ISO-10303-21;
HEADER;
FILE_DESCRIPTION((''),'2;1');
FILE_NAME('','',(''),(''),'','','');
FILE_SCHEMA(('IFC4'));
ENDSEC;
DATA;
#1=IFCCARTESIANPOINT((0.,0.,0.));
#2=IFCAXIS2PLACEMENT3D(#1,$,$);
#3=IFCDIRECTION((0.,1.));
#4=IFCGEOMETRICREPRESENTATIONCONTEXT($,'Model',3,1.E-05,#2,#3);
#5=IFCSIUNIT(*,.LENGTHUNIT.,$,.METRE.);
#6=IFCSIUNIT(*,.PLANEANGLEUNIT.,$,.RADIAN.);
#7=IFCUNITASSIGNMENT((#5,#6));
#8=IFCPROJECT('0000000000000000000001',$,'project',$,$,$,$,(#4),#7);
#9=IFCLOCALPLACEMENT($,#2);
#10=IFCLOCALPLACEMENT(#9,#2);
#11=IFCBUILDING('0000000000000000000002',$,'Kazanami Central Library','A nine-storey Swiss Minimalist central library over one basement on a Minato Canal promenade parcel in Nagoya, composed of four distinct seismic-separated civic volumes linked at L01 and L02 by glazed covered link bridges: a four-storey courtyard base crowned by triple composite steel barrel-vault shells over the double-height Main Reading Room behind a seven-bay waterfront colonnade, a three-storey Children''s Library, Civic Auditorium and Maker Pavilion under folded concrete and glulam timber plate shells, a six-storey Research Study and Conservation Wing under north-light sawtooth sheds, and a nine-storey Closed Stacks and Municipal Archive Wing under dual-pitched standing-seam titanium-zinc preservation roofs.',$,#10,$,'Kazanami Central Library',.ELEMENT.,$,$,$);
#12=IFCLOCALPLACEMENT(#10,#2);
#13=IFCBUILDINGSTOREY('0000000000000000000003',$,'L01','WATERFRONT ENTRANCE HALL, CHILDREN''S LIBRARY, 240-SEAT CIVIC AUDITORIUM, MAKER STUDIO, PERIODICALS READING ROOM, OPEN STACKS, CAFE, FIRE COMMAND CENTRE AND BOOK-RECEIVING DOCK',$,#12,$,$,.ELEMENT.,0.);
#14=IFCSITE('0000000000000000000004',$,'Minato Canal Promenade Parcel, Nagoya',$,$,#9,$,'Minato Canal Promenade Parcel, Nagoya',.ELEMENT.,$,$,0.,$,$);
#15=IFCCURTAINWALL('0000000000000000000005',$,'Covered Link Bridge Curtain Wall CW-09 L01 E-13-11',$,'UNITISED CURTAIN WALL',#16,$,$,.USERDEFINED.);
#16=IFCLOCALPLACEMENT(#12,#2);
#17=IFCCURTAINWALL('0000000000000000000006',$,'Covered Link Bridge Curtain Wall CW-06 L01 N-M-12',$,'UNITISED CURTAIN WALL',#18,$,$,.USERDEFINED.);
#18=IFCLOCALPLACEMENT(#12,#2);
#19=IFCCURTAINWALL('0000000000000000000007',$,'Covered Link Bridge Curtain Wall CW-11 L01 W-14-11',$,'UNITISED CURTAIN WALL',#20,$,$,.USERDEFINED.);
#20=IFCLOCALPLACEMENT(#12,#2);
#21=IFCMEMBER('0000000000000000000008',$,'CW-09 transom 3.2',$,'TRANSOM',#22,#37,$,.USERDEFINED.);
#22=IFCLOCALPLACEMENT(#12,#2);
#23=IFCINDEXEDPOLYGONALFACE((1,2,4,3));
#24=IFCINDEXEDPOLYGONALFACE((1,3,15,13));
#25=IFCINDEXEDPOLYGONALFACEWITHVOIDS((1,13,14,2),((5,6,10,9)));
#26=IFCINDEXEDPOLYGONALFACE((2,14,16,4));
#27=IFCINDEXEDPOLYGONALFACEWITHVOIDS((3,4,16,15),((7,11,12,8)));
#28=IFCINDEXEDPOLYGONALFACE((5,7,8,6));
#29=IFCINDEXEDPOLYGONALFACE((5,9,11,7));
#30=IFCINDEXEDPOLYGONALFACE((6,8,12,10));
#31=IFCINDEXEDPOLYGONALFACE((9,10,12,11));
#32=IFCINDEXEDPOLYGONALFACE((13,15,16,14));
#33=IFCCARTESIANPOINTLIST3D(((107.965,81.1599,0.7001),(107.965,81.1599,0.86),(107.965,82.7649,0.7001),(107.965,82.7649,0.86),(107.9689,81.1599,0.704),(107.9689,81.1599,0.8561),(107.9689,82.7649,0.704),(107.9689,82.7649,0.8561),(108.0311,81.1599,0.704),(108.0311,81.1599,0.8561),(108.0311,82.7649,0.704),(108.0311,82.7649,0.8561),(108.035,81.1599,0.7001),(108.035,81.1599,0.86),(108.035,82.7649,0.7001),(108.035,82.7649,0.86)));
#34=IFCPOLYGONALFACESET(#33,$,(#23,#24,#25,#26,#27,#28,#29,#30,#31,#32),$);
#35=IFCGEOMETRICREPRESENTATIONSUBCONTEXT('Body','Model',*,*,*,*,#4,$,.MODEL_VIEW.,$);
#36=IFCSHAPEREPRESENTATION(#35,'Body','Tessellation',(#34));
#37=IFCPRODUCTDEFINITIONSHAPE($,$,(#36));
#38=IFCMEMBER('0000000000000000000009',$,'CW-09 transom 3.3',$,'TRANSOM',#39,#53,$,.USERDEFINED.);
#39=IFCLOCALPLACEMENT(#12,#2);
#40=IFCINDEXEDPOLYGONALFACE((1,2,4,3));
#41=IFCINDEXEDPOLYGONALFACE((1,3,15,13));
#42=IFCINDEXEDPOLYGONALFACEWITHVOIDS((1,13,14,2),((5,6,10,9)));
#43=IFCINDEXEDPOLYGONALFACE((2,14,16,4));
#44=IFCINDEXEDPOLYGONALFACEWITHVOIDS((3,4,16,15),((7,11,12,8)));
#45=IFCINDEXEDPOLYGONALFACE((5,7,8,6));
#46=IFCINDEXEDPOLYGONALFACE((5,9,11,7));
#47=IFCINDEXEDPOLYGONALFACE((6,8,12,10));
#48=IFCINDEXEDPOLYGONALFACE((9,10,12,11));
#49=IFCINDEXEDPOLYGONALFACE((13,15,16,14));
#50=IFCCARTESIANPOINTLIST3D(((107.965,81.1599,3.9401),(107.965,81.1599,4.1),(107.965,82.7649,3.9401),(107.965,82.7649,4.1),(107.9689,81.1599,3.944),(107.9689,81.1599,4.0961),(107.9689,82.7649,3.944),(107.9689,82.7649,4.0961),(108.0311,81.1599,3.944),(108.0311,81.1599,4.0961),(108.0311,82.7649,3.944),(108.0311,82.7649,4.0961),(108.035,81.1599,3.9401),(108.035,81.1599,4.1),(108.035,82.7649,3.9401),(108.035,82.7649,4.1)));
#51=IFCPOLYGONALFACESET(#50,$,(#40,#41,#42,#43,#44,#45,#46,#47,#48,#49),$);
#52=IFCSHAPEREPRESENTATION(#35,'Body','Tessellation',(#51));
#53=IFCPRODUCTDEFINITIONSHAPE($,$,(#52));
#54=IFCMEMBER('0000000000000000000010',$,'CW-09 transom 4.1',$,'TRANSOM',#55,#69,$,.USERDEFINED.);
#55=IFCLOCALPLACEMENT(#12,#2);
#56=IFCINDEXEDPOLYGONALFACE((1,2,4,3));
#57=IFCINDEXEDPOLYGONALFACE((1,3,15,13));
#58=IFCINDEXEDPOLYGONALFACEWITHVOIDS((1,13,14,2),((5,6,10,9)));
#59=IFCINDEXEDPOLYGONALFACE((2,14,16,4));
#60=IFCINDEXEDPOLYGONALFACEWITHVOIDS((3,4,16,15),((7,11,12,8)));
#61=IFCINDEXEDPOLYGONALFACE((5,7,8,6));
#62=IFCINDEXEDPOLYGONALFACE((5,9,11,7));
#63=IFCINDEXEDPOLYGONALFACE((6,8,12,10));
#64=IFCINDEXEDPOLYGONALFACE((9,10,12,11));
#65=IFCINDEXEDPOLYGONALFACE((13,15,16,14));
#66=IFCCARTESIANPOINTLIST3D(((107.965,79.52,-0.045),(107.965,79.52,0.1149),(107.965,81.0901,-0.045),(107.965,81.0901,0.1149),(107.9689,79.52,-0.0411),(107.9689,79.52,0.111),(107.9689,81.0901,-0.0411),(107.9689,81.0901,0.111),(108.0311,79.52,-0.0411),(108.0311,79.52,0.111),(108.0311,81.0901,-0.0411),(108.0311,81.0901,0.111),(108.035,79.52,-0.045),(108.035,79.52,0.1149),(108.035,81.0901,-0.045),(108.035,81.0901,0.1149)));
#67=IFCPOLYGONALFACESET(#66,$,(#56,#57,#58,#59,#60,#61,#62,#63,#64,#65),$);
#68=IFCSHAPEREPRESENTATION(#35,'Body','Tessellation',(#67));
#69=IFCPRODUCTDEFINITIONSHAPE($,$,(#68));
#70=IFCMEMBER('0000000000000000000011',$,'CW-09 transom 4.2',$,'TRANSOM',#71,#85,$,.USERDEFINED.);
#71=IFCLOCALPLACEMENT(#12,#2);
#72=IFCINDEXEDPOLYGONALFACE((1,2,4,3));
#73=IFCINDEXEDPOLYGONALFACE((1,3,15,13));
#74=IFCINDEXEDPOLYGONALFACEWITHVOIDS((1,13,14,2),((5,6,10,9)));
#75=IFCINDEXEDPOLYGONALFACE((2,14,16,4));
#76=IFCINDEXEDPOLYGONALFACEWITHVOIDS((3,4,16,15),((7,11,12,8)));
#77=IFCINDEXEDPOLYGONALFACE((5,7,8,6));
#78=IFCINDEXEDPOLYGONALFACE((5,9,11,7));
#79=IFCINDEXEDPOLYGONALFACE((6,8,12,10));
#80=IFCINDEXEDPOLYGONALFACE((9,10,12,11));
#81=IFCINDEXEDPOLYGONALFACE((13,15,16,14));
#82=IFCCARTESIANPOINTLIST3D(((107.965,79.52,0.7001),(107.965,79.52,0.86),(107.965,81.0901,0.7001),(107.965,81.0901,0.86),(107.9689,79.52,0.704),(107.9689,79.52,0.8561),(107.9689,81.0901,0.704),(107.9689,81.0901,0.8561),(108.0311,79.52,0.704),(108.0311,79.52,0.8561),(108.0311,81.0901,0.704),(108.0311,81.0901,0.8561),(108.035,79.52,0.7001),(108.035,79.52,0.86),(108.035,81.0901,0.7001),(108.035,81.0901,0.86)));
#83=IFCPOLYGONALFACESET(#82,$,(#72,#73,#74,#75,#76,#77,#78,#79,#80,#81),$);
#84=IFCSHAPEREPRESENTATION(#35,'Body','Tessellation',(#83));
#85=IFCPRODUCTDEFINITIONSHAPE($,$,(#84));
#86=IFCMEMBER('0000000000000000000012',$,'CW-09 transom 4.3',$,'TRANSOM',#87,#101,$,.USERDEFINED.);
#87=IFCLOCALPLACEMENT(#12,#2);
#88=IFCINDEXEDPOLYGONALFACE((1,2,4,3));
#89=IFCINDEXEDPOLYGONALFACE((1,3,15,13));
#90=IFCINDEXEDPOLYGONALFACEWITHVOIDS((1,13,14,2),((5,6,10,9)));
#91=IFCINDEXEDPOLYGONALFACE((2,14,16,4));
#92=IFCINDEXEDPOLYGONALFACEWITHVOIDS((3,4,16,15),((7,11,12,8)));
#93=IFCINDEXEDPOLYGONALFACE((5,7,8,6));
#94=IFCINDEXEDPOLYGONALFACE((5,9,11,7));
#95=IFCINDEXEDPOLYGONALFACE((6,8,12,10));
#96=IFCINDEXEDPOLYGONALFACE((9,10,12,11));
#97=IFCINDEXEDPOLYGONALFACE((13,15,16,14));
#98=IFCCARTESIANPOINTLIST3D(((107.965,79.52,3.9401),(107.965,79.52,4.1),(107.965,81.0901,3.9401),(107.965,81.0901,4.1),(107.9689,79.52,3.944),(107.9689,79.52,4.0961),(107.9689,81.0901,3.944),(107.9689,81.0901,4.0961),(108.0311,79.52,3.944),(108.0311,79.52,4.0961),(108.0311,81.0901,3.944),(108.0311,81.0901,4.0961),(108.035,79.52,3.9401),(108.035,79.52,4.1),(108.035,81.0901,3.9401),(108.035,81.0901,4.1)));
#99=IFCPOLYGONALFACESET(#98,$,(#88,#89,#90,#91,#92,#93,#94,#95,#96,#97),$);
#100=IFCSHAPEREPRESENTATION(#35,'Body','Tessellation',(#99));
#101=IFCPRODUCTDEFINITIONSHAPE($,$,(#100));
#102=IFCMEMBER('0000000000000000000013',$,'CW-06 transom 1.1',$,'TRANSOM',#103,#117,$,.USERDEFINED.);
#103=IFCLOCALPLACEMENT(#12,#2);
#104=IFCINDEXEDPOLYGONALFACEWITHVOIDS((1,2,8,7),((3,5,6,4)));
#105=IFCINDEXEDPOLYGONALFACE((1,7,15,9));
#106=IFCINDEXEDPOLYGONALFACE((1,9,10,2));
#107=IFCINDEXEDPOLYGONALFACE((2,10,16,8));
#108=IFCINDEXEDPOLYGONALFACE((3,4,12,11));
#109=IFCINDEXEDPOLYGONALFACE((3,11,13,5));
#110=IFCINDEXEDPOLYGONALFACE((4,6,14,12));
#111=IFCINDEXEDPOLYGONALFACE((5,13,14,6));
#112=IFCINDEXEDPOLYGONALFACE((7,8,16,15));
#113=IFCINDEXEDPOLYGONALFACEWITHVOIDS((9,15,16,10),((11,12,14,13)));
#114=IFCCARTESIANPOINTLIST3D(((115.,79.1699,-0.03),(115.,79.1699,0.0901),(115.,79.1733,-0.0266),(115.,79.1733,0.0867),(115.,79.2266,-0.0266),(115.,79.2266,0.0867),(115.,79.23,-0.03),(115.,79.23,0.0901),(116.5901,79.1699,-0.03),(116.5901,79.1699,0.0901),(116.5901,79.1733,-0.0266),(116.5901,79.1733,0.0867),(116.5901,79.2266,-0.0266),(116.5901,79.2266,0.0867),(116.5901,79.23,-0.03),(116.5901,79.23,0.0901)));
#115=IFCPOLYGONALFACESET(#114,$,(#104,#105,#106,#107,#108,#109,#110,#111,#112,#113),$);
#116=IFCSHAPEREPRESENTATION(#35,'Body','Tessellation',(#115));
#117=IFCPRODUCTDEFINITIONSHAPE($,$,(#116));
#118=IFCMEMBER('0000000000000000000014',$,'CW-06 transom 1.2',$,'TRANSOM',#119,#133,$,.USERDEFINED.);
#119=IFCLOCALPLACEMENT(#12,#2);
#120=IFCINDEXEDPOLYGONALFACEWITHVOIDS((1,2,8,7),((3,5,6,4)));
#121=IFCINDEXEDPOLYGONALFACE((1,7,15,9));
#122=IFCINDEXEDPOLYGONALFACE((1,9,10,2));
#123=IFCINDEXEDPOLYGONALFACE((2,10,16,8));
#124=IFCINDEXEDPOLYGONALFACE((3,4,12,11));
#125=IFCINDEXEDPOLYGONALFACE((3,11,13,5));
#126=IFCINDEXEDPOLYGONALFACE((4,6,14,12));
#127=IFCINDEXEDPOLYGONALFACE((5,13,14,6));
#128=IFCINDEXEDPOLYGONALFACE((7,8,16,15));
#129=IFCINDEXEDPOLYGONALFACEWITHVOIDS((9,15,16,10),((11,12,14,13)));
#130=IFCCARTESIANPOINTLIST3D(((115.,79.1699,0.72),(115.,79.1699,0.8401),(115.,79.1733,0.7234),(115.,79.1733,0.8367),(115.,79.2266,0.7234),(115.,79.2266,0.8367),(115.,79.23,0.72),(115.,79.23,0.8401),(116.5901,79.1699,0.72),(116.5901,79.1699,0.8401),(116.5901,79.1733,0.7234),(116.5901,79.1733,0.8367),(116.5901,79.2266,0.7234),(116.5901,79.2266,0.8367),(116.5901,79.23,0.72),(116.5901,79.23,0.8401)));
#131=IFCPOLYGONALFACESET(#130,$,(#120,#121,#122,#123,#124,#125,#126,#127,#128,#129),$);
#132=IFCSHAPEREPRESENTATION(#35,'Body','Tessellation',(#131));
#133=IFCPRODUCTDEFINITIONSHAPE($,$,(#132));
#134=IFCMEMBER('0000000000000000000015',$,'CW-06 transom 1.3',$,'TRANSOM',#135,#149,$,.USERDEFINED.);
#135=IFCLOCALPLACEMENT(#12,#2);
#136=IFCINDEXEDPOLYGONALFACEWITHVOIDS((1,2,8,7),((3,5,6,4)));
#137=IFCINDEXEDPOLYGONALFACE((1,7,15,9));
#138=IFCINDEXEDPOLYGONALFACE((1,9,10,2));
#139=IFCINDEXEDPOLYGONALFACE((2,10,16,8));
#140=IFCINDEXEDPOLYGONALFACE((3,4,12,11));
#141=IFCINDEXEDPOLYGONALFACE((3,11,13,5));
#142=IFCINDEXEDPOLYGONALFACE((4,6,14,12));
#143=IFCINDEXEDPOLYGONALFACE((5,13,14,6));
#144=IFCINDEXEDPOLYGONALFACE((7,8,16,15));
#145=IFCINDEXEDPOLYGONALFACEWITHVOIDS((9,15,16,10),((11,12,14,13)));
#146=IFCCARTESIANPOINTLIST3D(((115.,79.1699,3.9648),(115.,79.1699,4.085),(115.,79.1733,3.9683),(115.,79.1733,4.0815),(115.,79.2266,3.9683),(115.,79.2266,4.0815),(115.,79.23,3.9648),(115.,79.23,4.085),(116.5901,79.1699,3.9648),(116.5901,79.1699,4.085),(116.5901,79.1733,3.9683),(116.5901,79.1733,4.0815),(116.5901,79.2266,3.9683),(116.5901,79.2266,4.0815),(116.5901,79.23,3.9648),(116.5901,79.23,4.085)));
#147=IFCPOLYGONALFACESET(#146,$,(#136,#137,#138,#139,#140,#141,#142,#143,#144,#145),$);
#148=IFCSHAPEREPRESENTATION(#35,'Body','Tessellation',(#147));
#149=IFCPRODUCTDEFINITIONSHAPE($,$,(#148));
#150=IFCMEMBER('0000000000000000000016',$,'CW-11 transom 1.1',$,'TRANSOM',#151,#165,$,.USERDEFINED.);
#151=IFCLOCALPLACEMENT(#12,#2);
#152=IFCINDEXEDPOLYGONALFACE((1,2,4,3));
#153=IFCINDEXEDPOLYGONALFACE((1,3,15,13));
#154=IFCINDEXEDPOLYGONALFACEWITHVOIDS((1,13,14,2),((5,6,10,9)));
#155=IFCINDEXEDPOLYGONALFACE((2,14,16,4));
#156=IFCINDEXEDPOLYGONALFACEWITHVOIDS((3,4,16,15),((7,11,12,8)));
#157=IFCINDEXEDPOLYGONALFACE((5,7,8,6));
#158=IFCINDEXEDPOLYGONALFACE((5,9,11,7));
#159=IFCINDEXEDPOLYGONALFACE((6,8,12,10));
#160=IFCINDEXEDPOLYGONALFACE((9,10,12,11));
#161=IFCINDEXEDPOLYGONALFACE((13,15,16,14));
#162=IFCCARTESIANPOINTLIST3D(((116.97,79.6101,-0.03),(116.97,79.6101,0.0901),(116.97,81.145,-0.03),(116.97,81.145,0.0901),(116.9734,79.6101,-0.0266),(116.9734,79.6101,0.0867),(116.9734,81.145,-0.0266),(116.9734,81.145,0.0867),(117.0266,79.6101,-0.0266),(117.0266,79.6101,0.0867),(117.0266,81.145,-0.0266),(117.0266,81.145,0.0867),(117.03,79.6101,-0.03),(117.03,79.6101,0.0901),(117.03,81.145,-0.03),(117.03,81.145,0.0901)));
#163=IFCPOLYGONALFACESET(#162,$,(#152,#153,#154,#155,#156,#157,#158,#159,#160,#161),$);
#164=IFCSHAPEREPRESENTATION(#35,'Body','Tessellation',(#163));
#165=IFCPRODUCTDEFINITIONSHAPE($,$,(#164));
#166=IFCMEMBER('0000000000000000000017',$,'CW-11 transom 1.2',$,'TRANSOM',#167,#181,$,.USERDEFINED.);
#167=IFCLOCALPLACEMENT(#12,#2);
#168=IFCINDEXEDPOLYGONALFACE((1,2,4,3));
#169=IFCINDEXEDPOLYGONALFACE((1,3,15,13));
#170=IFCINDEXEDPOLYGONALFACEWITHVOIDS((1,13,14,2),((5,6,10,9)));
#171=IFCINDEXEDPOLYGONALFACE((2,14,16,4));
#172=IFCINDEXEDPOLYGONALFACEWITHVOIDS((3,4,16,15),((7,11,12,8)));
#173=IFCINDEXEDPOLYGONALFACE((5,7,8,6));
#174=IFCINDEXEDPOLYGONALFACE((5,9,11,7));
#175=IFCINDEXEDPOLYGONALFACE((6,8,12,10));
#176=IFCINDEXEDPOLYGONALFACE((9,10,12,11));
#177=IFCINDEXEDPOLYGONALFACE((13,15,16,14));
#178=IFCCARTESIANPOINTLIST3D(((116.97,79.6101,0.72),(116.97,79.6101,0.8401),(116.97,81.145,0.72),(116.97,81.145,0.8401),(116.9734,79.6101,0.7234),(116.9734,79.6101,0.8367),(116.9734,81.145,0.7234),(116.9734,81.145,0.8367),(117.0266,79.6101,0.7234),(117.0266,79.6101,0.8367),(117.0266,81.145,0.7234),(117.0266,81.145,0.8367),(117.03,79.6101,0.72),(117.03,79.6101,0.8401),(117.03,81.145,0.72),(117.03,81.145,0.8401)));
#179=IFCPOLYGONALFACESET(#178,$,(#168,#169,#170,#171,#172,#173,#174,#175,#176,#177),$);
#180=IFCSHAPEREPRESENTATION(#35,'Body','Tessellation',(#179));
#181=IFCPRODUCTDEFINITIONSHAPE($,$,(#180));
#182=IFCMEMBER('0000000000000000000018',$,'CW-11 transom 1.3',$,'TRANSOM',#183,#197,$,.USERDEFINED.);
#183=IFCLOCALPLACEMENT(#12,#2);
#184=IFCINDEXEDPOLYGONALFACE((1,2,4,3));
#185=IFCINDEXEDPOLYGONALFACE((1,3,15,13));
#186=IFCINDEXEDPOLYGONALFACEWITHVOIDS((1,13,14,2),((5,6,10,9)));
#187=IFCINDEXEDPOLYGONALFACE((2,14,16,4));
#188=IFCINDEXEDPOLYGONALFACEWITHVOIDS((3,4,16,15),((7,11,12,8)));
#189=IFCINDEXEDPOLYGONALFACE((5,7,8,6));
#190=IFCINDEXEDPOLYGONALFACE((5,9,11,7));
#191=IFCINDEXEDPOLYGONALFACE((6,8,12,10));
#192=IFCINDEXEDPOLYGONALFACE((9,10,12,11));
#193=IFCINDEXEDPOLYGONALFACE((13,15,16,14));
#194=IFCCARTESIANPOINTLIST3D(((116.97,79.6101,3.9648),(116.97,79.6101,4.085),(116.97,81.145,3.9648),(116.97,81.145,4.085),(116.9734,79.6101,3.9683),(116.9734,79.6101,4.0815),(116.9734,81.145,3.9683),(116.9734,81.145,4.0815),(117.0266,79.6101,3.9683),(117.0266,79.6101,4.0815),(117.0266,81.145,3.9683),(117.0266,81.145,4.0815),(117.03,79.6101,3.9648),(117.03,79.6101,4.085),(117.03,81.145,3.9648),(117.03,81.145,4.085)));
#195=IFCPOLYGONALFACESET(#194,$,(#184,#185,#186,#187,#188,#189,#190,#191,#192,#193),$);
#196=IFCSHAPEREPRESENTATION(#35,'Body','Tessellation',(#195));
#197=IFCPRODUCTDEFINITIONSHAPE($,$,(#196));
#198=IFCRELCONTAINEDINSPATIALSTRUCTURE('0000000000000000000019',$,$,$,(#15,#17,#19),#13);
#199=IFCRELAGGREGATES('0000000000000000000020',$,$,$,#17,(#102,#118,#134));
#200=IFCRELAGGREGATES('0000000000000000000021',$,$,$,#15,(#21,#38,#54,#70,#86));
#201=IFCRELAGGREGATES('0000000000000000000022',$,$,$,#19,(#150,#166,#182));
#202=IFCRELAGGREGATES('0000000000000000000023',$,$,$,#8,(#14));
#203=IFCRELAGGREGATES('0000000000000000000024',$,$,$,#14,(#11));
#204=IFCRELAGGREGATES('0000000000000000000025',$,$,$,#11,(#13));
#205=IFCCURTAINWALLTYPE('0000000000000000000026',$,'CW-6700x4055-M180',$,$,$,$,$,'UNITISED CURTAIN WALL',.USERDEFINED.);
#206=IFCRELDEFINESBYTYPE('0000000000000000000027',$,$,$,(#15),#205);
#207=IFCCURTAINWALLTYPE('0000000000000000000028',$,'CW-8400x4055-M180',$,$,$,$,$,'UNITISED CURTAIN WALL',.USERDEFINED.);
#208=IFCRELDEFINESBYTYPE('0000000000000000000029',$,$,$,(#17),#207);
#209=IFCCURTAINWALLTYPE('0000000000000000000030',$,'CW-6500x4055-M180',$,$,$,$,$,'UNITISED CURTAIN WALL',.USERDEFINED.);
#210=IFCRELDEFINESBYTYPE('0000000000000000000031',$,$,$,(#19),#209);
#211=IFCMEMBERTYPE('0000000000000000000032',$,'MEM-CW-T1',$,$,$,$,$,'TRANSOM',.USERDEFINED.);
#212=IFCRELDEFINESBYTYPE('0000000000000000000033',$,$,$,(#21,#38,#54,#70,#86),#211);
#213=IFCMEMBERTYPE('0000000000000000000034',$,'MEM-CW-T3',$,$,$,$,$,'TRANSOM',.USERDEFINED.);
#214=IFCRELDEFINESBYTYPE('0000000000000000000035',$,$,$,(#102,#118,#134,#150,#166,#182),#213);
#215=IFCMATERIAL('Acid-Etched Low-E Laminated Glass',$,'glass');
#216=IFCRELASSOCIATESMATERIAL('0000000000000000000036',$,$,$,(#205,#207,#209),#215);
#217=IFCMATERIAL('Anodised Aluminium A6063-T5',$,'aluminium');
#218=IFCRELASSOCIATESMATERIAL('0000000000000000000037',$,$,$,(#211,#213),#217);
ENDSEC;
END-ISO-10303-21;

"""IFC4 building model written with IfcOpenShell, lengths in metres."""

from ifc_helpers import new_model, si_unit, direction, frame, origin, origin_2d, place, context, subcontext, project, spatial, hollow_rectangle, extrude, material, material_profile, profile_set, type_object, element, aggregate, save


model = new_model("IFC4")

# Units and contexts
model_context = context("Model", 3, precision=1e-05, world=origin(), true_north=direction((0.0, 1.0)))
body_context = subcontext(model_context, "Body", "Model", "MODEL_VIEW")
ifc_project = project(units=[si_unit("LENGTHUNIT", "METRE"), si_unit("PLANEANGLEUNIT", "RADIAN")], contexts=[model_context])

# Site, building, storey
site_placement = place(None, origin())
site = spatial("IfcSite", under=ifc_project, at=site_placement, Name="Minato Canal Promenade Parcel, Nagoya", LongName="Minato Canal Promenade Parcel, Nagoya", CompositionType="ELEMENT", RefElevation=0.0)
building_placement = place(site_placement, origin())
building = spatial("IfcBuilding", under=site, at=building_placement, Name="Kazanami Central Library", Description="A nine-storey Swiss Minimalist central library over one basement on a Minato Canal promenade parcel in Nagoya, composed of four distinct seismic-separated civic volumes linked at L01 and L02 by glazed covered link bridges: a four-storey courtyard base crowned by triple composite steel barrel-vault shells over the double-height Main Reading Room behind a seven-bay waterfront colonnade, a three-storey Children's Library, Civic Auditorium and Maker Pavilion under folded concrete and glulam timber plate shells, a six-storey Research Study and Conservation Wing under north-light sawtooth sheds, and a nine-storey Closed Stacks and Municipal Archive Wing under dual-pitched standing-seam titanium-zinc preservation roofs.", LongName="Kazanami Central Library", CompositionType="ELEMENT")
storey_placement = place(building_placement, origin())
storey = spatial("IfcBuildingStorey", under=building, at=storey_placement, Name="L01", Description="WATERFRONT ENTRANCE HALL, CHILDREN'S LIBRARY, 240-SEAT CIVIC AUDITORIUM, MAKER STUDIO, PERIODICALS READING ROOM, OPEN STACKS, CAFE, FIRE COMMAND CENTRE AND BOOK-RECEIVING DOCK", CompositionType="ELEMENT", Elevation=0.0)

# Curtain wall
ifc_material_1 = material(Name="Acid-Etched Low-E Laminated Glass", Category="glass")
curtain_wall_type_1 = type_object("IfcCurtainWallType", Name="CW-6700x4055-M180", ElementType="UNITISED CURTAIN WALL", PredefinedType="USERDEFINED", material=ifc_material_1)
curtain_wall_1_placement = place(storey_placement, origin())
curtain_wall_1 = element("IfcCurtainWall", 1, at=curtain_wall_1_placement, inside=storey, type_object=curtain_wall_type_1, Name="Covered Link Bridge Curtain Wall CW-09 L01 E-13-11", ObjectType="UNITISED CURTAIN WALL", PredefinedType="USERDEFINED")
ifc_material_2 = material(Name="Anodised Aluminium A6063-T5", Category="aluminium")

# Curtain wall
curtain_wall_type_2 = type_object("IfcCurtainWallType", Name="CW-8400x4055-M180", ElementType="UNITISED CURTAIN WALL", PredefinedType="USERDEFINED", material=ifc_material_1)
curtain_wall_2_placement = place(storey_placement, origin())
curtain_wall_2 = element("IfcCurtainWall", 2, at=curtain_wall_2_placement, inside=storey, type_object=curtain_wall_type_2, Name="Covered Link Bridge Curtain Wall CW-06 L01 N-M-12", ObjectType="UNITISED CURTAIN WALL", PredefinedType="USERDEFINED")

# Curtain wall
curtain_wall_type_3 = type_object("IfcCurtainWallType", Name="CW-6500x4055-M180", ElementType="UNITISED CURTAIN WALL", PredefinedType="USERDEFINED", material=ifc_material_1)
curtain_wall_3_placement = place(storey_placement, origin())
curtain_wall_3 = element("IfcCurtainWall", 3, at=curtain_wall_3_placement, inside=storey, type_object=curtain_wall_type_3, Name="Covered Link Bridge Curtain Wall CW-11 L01 W-14-11", ObjectType="UNITISED CURTAIN WALL", PredefinedType="USERDEFINED")

# Members
ifc_material_profile_1 = material_profile(ifc_material_2, hollow_rectangle(XDim=0.0701, YDim=0.1599, WallThickness=0.0039, at=origin_2d()), Name="ALU-TRAN-70x160x4")
ifc_profile_set_1 = profile_set([ifc_material_profile_1], Name="Anodised Aluminium A6063-T5")
member_type_1 = type_object("IfcMemberType", Name="MEM-CW-T1", ElementType="TRANSOM", PredefinedType="USERDEFINED", material=ifc_profile_set_1)
member_1_placement = place(storey_placement, frame((108.0, 82.7649, 0.78), z_axis=(0.0, -1.0, 0.0), x_axis=(1.0, 0.0, 0.0)))
member_1 = element("IfcMember", 4, at=member_1_placement, type_object=member_type_1, Name="CW-09 transom 3.2", ObjectType="TRANSOM", PredefinedType="USERDEFINED", context=body_context, shape_type="SweptSolid", body=[
    extrude(hollow_rectangle(XDim=0.0701, YDim=0.1599, WallThickness=0.0039, at=origin_2d()), origin(), (0.0, 0.0, 1.0), 1.605),
])
member_2_placement = place(storey_placement, frame((108.0, 82.7649, 4.02), z_axis=(0.0, -1.0, 0.0), x_axis=(1.0, 0.0, 0.0)))
member_2 = element("IfcMember", 5, at=member_2_placement, type_object=member_type_1, Name="CW-09 transom 3.3", ObjectType="TRANSOM", PredefinedType="USERDEFINED", context=body_context, shape_type="SweptSolid", body=[
    extrude(hollow_rectangle(XDim=0.0701, YDim=0.1599, WallThickness=0.0039, at=origin_2d()), origin(), (0.0, 0.0, 1.0), 1.605),
])
member_3_placement = place(storey_placement, frame((108.0, 81.0901, 0.0349), z_axis=(0.0, -1.0, 0.0), x_axis=(1.0, 0.0, 0.0)))
member_3 = element("IfcMember", 6, at=member_3_placement, type_object=member_type_1, Name="CW-09 transom 4.1", ObjectType="TRANSOM", PredefinedType="USERDEFINED", context=body_context, shape_type="SweptSolid", body=[
    extrude(hollow_rectangle(XDim=0.0701, YDim=0.1599, WallThickness=0.0039, at=origin_2d()), origin(), (0.0, 0.0, 1.0), 1.5701),
])
member_4_placement = place(storey_placement, frame((108.0, 81.0901, 0.78), z_axis=(0.0, -1.0, 0.0), x_axis=(1.0, 0.0, 0.0)))
member_4 = element("IfcMember", 7, at=member_4_placement, type_object=member_type_1, Name="CW-09 transom 4.2", ObjectType="TRANSOM", PredefinedType="USERDEFINED", context=body_context, shape_type="SweptSolid", body=[
    extrude(hollow_rectangle(XDim=0.0701, YDim=0.1599, WallThickness=0.0039, at=origin_2d()), origin(), (0.0, 0.0, 1.0), 1.5701),
])
member_5_placement = place(storey_placement, frame((108.0, 81.0901, 4.02), z_axis=(0.0, -1.0, 0.0), x_axis=(1.0, 0.0, 0.0)))
member_5 = element("IfcMember", 8, at=member_5_placement, type_object=member_type_1, Name="CW-09 transom 4.3", ObjectType="TRANSOM", PredefinedType="USERDEFINED", context=body_context, shape_type="SweptSolid", body=[
    extrude(hollow_rectangle(XDim=0.0701, YDim=0.1599, WallThickness=0.0039, at=origin_2d()), origin(), (0.0, 0.0, 1.0), 1.5701),
])
ifc_material_profile_2 = material_profile(ifc_material_2, hollow_rectangle(XDim=0.0601, YDim=0.1201, WallThickness=0.0034, at=origin_2d()), Name="ALU-TRAN-60x120x3.5")
ifc_profile_set_2 = profile_set([ifc_material_profile_2], Name="Anodised Aluminium A6063-T5")
member_type_2 = type_object("IfcMemberType", Name="MEM-CW-T3", ElementType="TRANSOM", PredefinedType="USERDEFINED", material=ifc_profile_set_2)
member_6_placement = place(storey_placement, frame((116.5901, 79.2, 0.03), z_axis=(-1.0, 0.0, 0.0), x_axis=(0.0, -1.0, 0.0)))
member_6 = element("IfcMember", 9, at=member_6_placement, type_object=member_type_2, Name="CW-06 transom 1.1", ObjectType="TRANSOM", PredefinedType="USERDEFINED", context=body_context, shape_type="SweptSolid", body=[
    extrude(hollow_rectangle(XDim=0.0601, YDim=0.1201, WallThickness=0.0034, at=origin_2d()), origin(), (0.0, 0.0, 1.0), 1.5901),
])
member_7_placement = place(storey_placement, frame((116.5901, 79.2, 0.78), z_axis=(-1.0, 0.0, 0.0), x_axis=(0.0, -1.0, 0.0)))
member_7 = element("IfcMember", 10, at=member_7_placement, type_object=member_type_2, Name="CW-06 transom 1.2", ObjectType="TRANSOM", PredefinedType="USERDEFINED", context=body_context, shape_type="SweptSolid", body=[
    extrude(hollow_rectangle(XDim=0.0601, YDim=0.1201, WallThickness=0.0034, at=origin_2d()), origin(), (0.0, 0.0, 1.0), 1.5901),
])
member_8_placement = place(storey_placement, frame((116.5901, 79.2, 4.0249), z_axis=(-1.0, 0.0, 0.0), x_axis=(0.0, -1.0, 0.0)))
member_8 = element("IfcMember", 11, at=member_8_placement, type_object=member_type_2, Name="CW-06 transom 1.3", ObjectType="TRANSOM", PredefinedType="USERDEFINED", context=body_context, shape_type="SweptSolid", body=[
    extrude(hollow_rectangle(XDim=0.0601, YDim=0.1201, WallThickness=0.0034, at=origin_2d()), origin(), (0.0, 0.0, 1.0), 1.5901),
])
member_9_placement = place(storey_placement, frame((117.0, 79.6101, 0.03), z_axis=(0.0, 1.0, 0.0), x_axis=(-1.0, 0.0, 0.0)))
member_9 = element("IfcMember", 12, at=member_9_placement, type_object=member_type_2, Name="CW-11 transom 1.1", ObjectType="TRANSOM", PredefinedType="USERDEFINED", context=body_context, shape_type="SweptSolid", body=[
    extrude(hollow_rectangle(XDim=0.0601, YDim=0.1201, WallThickness=0.0034, at=origin_2d()), origin(), (0.0, 0.0, 1.0), 1.5349),
])
member_10_placement = place(storey_placement, frame((117.0, 79.6101, 0.78), z_axis=(0.0, 1.0, 0.0), x_axis=(-1.0, 0.0, 0.0)))
member_10 = element("IfcMember", 13, at=member_10_placement, type_object=member_type_2, Name="CW-11 transom 1.2", ObjectType="TRANSOM", PredefinedType="USERDEFINED", context=body_context, shape_type="SweptSolid", body=[
    extrude(hollow_rectangle(XDim=0.0601, YDim=0.1201, WallThickness=0.0034, at=origin_2d()), origin(), (0.0, 0.0, 1.0), 1.5349),
])
member_11_placement = place(storey_placement, frame((117.0, 79.6101, 4.0249), z_axis=(0.0, 1.0, 0.0), x_axis=(-1.0, 0.0, 0.0)))
member_11 = element("IfcMember", 14, at=member_11_placement, type_object=member_type_2, Name="CW-11 transom 1.3", ObjectType="TRANSOM", PredefinedType="USERDEFINED", context=body_context, shape_type="SweptSolid", body=[
    extrude(hollow_rectangle(XDim=0.0601, YDim=0.1201, WallThickness=0.0034, at=origin_2d()), origin(), (0.0, 0.0, 1.0), 1.5349),
])

aggregate(curtain_wall_2, [member_6, member_7, member_8])
aggregate(curtain_wall_1, [member_1, member_2, member_3, member_4, member_5])
aggregate(curtain_wall_3, [member_9, member_10, member_11])

save(model, "model.ifc")
